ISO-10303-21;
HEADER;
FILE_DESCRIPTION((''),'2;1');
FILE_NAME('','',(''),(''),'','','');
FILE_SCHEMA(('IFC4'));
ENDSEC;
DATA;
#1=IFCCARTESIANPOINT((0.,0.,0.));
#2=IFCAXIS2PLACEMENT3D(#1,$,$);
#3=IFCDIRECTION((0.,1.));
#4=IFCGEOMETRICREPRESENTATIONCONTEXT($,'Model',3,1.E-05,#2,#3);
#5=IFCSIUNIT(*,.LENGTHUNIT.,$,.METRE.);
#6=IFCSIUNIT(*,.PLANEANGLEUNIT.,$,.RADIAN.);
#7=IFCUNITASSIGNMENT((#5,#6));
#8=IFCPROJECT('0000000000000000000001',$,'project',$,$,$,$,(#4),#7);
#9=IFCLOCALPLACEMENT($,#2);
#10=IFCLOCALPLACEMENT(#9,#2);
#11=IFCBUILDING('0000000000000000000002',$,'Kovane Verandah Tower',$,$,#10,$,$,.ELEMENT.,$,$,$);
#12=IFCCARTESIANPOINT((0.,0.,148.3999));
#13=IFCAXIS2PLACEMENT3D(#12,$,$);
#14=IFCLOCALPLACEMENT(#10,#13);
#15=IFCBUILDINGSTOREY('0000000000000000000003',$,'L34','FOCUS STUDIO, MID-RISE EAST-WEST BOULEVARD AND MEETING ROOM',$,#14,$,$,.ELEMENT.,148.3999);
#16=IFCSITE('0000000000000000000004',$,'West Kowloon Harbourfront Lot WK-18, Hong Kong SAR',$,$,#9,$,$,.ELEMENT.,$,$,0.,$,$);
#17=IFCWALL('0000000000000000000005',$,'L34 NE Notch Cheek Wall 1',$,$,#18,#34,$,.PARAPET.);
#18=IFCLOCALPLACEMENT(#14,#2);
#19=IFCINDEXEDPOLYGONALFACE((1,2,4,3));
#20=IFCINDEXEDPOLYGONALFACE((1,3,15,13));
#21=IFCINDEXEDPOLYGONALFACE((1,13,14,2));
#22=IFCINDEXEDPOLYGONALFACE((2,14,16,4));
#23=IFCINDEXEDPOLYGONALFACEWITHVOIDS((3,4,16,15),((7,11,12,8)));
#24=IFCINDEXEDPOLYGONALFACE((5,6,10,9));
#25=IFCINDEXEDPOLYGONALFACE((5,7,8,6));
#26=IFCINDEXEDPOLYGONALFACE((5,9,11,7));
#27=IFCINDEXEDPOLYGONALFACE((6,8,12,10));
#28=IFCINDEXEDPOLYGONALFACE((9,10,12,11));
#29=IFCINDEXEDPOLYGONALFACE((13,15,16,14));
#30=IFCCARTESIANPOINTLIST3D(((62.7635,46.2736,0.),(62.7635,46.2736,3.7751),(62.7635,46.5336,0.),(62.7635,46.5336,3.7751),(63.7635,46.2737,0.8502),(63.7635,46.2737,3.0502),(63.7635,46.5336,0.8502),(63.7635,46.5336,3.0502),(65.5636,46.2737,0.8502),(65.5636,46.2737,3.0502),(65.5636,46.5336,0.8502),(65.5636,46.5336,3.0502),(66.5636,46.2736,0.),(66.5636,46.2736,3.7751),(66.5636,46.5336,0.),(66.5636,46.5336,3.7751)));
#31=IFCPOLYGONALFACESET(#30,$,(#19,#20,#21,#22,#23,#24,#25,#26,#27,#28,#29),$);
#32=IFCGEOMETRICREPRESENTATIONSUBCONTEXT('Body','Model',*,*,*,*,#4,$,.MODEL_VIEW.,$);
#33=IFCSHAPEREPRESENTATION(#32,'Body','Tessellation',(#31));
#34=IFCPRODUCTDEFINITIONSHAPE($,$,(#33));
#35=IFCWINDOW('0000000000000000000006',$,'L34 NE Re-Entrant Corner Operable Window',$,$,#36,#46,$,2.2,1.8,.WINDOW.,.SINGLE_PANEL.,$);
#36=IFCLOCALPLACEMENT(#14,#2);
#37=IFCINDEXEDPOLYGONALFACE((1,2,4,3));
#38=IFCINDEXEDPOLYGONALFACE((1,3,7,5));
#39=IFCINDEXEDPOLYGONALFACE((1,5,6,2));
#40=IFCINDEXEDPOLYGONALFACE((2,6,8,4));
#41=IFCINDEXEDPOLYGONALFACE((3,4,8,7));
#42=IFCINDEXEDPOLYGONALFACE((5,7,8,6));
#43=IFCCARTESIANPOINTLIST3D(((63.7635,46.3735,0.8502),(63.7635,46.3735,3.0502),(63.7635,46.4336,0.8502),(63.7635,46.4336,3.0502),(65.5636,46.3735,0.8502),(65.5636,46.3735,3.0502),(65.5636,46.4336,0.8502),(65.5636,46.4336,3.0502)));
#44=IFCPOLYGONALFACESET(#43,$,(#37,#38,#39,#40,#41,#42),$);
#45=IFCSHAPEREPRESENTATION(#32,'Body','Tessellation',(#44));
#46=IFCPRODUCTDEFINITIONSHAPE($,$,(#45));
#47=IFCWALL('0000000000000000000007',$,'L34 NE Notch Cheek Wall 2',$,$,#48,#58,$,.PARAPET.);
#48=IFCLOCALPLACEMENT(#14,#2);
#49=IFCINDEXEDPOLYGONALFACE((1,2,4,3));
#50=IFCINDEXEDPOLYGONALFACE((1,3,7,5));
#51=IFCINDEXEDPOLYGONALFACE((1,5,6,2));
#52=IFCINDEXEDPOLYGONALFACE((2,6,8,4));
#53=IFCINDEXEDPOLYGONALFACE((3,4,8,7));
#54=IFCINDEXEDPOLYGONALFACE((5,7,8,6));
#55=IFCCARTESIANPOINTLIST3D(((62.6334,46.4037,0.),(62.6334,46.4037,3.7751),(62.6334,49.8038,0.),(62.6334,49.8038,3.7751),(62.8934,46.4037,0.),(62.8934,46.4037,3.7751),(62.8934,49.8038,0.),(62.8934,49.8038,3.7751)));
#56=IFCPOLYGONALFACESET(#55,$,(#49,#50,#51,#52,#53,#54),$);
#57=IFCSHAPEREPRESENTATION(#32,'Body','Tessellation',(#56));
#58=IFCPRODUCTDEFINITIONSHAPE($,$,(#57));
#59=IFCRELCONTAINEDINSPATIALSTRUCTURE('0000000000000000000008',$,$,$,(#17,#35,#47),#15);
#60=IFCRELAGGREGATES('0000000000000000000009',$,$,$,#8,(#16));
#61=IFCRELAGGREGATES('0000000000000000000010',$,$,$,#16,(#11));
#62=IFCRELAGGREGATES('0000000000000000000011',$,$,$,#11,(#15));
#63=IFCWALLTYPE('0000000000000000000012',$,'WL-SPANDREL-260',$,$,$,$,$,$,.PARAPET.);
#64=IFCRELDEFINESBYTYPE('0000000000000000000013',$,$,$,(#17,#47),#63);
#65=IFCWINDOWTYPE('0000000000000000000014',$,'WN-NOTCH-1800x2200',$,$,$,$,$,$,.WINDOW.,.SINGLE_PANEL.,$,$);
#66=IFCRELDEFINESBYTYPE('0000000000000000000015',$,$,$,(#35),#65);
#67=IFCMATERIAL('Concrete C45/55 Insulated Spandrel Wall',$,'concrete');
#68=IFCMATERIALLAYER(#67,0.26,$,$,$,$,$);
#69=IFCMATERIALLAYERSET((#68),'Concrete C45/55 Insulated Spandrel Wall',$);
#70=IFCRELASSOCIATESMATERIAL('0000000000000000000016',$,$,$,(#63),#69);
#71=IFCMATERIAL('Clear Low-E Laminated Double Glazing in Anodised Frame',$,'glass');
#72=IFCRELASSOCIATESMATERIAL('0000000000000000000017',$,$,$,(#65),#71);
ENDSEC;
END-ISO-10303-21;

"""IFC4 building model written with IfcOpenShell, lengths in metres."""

from ifc_helpers import new_model, si_unit, direction, frame, frame_2d, origin, place, context, subcontext, project, spatial, rectangle, extrude, material, layer, layer_set, type_object, element, fill, save


model = new_model("IFC4")

# Units and contexts
model_context = context("Model", 3, precision=1e-05, world=origin(), true_north=direction((0.0, 1.0)))
body_context = subcontext(model_context, "Body", "Model", "MODEL_VIEW")
ifc_project = project(units=[si_unit("LENGTHUNIT", "METRE"), si_unit("PLANEANGLEUNIT", "RADIAN")], contexts=[model_context])

# Site, building, storey
site_placement = place(None, origin())
site = spatial("IfcSite", under=ifc_project, at=site_placement, Name="West Kowloon Harbourfront Lot WK-18, Hong Kong SAR", CompositionType="ELEMENT", RefElevation=0.0)
building_placement = place(site_placement, origin())
building = spatial("IfcBuilding", under=site, at=building_placement, Name="Kovane Verandah Tower", CompositionType="ELEMENT")
storey_placement = place(building_placement, frame((0.0, 0.0, 148.3999)))
storey = spatial("IfcBuildingStorey", under=building, at=storey_placement, Name="L34", Description="FOCUS STUDIO, MID-RISE EAST-WEST BOULEVARD AND MEETING ROOM", CompositionType="ELEMENT", Elevation=148.3999)

# Shared definitions
ifc_material_1 = material(Name="Concrete C45/55 Insulated Spandrel Wall", Category="concrete")
ifc_layer_1 = layer(ifc_material_1, 0.26)
ifc_layer_set_1 = layer_set([ifc_layer_1], Name="Concrete C45/55 Insulated Spandrel Wall")
wall_type_1 = type_object("IfcWallType", Name="WL-SPANDREL-260", PredefinedType="PARAPET", material=ifc_layer_set_1)
ifc_material_2 = material(Name="Clear Low-E Laminated Double Glazing in Anodised Frame", Category="glass")

# Wall, opening, window
wall_1_placement = place(storey_placement, frame((66.5635, 46.4036, 0.0), z_axis=(0.0, 0.0, 1.0), x_axis=(-1.0, 0.0, 0.0)))
wall_1 = element("IfcWall", 1, at=wall_1_placement, inside=storey, type_object=wall_type_1, Name="L34 NE Notch Cheek Wall 1", PredefinedType="PARAPET", context=body_context, shape_type="SweptSolid", body=[
    extrude(rectangle(XDim=3.8, YDim=0.26, at=frame_2d((1.8999, 0.0))), origin(), (0.0, 0.0, 1.0), 3.7751),
])
opening_1_placement = place(wall_1_placement, frame((1.0, 0.0, 0.8501)))
opening_1 = element("IfcOpeningElement", 2, at=opening_1_placement, cuts=wall_1, PredefinedType="OPENING", context=body_context, shape_type="SweptSolid", body=[
    extrude(rectangle(XDim=1.8, YDim=2.2, at=frame_2d((0.8999, 1.1001))), frame((0.0, 0.1299, 0.0), z_axis=(0.0, -1.0, 0.0), x_axis=(1.0, 0.0, 0.0)), (0.0, 0.0, 1.0), 0.26),
])
window_type_1 = type_object("IfcWindowType", Name="WN-NOTCH-1800x2200", PartitioningType="SINGLE_PANEL", PredefinedType="WINDOW", material=ifc_material_2)
window_1_placement = place(opening_1_placement, origin())
window_1 = element("IfcWindow", 3, at=window_1_placement, inside=storey, type_object=window_type_1, Name="L34 NE Re-Entrant Corner Operable Window", OverallHeight=2.2, OverallWidth=1.8, PartitioningType="SINGLE_PANEL", PredefinedType="WINDOW", context=body_context, shape_type="SweptSolid", body=[
    extrude(rectangle(XDim=1.8, YDim=2.2, at=frame_2d((0.8999, 1.1001))), frame((0.0, 0.03, 0.0), z_axis=(0.0, -1.0, 0.0), x_axis=(1.0, 0.0, 0.0)), (0.0, 0.0, 1.0), 0.0601),
])
fill(opening_1, window_1)

# Wall
wall_2_placement = place(storey_placement, frame((62.7634, 46.4036, 0.0), z_axis=(0.0, 0.0, 1.0), x_axis=(0.0, 1.0, 0.0)))
element("IfcWall", 4, at=wall_2_placement, inside=storey, type_object=wall_type_1, Name="L34 NE Notch Cheek Wall 2", PredefinedType="PARAPET", context=body_context, shape_type="SweptSolid", body=[
    extrude(rectangle(XDim=3.4001, YDim=0.26, at=frame_2d((1.7002, 0.0))), origin(), (0.0, 0.0, 1.0), 3.7751),
])

save(model, "model.ifc")
